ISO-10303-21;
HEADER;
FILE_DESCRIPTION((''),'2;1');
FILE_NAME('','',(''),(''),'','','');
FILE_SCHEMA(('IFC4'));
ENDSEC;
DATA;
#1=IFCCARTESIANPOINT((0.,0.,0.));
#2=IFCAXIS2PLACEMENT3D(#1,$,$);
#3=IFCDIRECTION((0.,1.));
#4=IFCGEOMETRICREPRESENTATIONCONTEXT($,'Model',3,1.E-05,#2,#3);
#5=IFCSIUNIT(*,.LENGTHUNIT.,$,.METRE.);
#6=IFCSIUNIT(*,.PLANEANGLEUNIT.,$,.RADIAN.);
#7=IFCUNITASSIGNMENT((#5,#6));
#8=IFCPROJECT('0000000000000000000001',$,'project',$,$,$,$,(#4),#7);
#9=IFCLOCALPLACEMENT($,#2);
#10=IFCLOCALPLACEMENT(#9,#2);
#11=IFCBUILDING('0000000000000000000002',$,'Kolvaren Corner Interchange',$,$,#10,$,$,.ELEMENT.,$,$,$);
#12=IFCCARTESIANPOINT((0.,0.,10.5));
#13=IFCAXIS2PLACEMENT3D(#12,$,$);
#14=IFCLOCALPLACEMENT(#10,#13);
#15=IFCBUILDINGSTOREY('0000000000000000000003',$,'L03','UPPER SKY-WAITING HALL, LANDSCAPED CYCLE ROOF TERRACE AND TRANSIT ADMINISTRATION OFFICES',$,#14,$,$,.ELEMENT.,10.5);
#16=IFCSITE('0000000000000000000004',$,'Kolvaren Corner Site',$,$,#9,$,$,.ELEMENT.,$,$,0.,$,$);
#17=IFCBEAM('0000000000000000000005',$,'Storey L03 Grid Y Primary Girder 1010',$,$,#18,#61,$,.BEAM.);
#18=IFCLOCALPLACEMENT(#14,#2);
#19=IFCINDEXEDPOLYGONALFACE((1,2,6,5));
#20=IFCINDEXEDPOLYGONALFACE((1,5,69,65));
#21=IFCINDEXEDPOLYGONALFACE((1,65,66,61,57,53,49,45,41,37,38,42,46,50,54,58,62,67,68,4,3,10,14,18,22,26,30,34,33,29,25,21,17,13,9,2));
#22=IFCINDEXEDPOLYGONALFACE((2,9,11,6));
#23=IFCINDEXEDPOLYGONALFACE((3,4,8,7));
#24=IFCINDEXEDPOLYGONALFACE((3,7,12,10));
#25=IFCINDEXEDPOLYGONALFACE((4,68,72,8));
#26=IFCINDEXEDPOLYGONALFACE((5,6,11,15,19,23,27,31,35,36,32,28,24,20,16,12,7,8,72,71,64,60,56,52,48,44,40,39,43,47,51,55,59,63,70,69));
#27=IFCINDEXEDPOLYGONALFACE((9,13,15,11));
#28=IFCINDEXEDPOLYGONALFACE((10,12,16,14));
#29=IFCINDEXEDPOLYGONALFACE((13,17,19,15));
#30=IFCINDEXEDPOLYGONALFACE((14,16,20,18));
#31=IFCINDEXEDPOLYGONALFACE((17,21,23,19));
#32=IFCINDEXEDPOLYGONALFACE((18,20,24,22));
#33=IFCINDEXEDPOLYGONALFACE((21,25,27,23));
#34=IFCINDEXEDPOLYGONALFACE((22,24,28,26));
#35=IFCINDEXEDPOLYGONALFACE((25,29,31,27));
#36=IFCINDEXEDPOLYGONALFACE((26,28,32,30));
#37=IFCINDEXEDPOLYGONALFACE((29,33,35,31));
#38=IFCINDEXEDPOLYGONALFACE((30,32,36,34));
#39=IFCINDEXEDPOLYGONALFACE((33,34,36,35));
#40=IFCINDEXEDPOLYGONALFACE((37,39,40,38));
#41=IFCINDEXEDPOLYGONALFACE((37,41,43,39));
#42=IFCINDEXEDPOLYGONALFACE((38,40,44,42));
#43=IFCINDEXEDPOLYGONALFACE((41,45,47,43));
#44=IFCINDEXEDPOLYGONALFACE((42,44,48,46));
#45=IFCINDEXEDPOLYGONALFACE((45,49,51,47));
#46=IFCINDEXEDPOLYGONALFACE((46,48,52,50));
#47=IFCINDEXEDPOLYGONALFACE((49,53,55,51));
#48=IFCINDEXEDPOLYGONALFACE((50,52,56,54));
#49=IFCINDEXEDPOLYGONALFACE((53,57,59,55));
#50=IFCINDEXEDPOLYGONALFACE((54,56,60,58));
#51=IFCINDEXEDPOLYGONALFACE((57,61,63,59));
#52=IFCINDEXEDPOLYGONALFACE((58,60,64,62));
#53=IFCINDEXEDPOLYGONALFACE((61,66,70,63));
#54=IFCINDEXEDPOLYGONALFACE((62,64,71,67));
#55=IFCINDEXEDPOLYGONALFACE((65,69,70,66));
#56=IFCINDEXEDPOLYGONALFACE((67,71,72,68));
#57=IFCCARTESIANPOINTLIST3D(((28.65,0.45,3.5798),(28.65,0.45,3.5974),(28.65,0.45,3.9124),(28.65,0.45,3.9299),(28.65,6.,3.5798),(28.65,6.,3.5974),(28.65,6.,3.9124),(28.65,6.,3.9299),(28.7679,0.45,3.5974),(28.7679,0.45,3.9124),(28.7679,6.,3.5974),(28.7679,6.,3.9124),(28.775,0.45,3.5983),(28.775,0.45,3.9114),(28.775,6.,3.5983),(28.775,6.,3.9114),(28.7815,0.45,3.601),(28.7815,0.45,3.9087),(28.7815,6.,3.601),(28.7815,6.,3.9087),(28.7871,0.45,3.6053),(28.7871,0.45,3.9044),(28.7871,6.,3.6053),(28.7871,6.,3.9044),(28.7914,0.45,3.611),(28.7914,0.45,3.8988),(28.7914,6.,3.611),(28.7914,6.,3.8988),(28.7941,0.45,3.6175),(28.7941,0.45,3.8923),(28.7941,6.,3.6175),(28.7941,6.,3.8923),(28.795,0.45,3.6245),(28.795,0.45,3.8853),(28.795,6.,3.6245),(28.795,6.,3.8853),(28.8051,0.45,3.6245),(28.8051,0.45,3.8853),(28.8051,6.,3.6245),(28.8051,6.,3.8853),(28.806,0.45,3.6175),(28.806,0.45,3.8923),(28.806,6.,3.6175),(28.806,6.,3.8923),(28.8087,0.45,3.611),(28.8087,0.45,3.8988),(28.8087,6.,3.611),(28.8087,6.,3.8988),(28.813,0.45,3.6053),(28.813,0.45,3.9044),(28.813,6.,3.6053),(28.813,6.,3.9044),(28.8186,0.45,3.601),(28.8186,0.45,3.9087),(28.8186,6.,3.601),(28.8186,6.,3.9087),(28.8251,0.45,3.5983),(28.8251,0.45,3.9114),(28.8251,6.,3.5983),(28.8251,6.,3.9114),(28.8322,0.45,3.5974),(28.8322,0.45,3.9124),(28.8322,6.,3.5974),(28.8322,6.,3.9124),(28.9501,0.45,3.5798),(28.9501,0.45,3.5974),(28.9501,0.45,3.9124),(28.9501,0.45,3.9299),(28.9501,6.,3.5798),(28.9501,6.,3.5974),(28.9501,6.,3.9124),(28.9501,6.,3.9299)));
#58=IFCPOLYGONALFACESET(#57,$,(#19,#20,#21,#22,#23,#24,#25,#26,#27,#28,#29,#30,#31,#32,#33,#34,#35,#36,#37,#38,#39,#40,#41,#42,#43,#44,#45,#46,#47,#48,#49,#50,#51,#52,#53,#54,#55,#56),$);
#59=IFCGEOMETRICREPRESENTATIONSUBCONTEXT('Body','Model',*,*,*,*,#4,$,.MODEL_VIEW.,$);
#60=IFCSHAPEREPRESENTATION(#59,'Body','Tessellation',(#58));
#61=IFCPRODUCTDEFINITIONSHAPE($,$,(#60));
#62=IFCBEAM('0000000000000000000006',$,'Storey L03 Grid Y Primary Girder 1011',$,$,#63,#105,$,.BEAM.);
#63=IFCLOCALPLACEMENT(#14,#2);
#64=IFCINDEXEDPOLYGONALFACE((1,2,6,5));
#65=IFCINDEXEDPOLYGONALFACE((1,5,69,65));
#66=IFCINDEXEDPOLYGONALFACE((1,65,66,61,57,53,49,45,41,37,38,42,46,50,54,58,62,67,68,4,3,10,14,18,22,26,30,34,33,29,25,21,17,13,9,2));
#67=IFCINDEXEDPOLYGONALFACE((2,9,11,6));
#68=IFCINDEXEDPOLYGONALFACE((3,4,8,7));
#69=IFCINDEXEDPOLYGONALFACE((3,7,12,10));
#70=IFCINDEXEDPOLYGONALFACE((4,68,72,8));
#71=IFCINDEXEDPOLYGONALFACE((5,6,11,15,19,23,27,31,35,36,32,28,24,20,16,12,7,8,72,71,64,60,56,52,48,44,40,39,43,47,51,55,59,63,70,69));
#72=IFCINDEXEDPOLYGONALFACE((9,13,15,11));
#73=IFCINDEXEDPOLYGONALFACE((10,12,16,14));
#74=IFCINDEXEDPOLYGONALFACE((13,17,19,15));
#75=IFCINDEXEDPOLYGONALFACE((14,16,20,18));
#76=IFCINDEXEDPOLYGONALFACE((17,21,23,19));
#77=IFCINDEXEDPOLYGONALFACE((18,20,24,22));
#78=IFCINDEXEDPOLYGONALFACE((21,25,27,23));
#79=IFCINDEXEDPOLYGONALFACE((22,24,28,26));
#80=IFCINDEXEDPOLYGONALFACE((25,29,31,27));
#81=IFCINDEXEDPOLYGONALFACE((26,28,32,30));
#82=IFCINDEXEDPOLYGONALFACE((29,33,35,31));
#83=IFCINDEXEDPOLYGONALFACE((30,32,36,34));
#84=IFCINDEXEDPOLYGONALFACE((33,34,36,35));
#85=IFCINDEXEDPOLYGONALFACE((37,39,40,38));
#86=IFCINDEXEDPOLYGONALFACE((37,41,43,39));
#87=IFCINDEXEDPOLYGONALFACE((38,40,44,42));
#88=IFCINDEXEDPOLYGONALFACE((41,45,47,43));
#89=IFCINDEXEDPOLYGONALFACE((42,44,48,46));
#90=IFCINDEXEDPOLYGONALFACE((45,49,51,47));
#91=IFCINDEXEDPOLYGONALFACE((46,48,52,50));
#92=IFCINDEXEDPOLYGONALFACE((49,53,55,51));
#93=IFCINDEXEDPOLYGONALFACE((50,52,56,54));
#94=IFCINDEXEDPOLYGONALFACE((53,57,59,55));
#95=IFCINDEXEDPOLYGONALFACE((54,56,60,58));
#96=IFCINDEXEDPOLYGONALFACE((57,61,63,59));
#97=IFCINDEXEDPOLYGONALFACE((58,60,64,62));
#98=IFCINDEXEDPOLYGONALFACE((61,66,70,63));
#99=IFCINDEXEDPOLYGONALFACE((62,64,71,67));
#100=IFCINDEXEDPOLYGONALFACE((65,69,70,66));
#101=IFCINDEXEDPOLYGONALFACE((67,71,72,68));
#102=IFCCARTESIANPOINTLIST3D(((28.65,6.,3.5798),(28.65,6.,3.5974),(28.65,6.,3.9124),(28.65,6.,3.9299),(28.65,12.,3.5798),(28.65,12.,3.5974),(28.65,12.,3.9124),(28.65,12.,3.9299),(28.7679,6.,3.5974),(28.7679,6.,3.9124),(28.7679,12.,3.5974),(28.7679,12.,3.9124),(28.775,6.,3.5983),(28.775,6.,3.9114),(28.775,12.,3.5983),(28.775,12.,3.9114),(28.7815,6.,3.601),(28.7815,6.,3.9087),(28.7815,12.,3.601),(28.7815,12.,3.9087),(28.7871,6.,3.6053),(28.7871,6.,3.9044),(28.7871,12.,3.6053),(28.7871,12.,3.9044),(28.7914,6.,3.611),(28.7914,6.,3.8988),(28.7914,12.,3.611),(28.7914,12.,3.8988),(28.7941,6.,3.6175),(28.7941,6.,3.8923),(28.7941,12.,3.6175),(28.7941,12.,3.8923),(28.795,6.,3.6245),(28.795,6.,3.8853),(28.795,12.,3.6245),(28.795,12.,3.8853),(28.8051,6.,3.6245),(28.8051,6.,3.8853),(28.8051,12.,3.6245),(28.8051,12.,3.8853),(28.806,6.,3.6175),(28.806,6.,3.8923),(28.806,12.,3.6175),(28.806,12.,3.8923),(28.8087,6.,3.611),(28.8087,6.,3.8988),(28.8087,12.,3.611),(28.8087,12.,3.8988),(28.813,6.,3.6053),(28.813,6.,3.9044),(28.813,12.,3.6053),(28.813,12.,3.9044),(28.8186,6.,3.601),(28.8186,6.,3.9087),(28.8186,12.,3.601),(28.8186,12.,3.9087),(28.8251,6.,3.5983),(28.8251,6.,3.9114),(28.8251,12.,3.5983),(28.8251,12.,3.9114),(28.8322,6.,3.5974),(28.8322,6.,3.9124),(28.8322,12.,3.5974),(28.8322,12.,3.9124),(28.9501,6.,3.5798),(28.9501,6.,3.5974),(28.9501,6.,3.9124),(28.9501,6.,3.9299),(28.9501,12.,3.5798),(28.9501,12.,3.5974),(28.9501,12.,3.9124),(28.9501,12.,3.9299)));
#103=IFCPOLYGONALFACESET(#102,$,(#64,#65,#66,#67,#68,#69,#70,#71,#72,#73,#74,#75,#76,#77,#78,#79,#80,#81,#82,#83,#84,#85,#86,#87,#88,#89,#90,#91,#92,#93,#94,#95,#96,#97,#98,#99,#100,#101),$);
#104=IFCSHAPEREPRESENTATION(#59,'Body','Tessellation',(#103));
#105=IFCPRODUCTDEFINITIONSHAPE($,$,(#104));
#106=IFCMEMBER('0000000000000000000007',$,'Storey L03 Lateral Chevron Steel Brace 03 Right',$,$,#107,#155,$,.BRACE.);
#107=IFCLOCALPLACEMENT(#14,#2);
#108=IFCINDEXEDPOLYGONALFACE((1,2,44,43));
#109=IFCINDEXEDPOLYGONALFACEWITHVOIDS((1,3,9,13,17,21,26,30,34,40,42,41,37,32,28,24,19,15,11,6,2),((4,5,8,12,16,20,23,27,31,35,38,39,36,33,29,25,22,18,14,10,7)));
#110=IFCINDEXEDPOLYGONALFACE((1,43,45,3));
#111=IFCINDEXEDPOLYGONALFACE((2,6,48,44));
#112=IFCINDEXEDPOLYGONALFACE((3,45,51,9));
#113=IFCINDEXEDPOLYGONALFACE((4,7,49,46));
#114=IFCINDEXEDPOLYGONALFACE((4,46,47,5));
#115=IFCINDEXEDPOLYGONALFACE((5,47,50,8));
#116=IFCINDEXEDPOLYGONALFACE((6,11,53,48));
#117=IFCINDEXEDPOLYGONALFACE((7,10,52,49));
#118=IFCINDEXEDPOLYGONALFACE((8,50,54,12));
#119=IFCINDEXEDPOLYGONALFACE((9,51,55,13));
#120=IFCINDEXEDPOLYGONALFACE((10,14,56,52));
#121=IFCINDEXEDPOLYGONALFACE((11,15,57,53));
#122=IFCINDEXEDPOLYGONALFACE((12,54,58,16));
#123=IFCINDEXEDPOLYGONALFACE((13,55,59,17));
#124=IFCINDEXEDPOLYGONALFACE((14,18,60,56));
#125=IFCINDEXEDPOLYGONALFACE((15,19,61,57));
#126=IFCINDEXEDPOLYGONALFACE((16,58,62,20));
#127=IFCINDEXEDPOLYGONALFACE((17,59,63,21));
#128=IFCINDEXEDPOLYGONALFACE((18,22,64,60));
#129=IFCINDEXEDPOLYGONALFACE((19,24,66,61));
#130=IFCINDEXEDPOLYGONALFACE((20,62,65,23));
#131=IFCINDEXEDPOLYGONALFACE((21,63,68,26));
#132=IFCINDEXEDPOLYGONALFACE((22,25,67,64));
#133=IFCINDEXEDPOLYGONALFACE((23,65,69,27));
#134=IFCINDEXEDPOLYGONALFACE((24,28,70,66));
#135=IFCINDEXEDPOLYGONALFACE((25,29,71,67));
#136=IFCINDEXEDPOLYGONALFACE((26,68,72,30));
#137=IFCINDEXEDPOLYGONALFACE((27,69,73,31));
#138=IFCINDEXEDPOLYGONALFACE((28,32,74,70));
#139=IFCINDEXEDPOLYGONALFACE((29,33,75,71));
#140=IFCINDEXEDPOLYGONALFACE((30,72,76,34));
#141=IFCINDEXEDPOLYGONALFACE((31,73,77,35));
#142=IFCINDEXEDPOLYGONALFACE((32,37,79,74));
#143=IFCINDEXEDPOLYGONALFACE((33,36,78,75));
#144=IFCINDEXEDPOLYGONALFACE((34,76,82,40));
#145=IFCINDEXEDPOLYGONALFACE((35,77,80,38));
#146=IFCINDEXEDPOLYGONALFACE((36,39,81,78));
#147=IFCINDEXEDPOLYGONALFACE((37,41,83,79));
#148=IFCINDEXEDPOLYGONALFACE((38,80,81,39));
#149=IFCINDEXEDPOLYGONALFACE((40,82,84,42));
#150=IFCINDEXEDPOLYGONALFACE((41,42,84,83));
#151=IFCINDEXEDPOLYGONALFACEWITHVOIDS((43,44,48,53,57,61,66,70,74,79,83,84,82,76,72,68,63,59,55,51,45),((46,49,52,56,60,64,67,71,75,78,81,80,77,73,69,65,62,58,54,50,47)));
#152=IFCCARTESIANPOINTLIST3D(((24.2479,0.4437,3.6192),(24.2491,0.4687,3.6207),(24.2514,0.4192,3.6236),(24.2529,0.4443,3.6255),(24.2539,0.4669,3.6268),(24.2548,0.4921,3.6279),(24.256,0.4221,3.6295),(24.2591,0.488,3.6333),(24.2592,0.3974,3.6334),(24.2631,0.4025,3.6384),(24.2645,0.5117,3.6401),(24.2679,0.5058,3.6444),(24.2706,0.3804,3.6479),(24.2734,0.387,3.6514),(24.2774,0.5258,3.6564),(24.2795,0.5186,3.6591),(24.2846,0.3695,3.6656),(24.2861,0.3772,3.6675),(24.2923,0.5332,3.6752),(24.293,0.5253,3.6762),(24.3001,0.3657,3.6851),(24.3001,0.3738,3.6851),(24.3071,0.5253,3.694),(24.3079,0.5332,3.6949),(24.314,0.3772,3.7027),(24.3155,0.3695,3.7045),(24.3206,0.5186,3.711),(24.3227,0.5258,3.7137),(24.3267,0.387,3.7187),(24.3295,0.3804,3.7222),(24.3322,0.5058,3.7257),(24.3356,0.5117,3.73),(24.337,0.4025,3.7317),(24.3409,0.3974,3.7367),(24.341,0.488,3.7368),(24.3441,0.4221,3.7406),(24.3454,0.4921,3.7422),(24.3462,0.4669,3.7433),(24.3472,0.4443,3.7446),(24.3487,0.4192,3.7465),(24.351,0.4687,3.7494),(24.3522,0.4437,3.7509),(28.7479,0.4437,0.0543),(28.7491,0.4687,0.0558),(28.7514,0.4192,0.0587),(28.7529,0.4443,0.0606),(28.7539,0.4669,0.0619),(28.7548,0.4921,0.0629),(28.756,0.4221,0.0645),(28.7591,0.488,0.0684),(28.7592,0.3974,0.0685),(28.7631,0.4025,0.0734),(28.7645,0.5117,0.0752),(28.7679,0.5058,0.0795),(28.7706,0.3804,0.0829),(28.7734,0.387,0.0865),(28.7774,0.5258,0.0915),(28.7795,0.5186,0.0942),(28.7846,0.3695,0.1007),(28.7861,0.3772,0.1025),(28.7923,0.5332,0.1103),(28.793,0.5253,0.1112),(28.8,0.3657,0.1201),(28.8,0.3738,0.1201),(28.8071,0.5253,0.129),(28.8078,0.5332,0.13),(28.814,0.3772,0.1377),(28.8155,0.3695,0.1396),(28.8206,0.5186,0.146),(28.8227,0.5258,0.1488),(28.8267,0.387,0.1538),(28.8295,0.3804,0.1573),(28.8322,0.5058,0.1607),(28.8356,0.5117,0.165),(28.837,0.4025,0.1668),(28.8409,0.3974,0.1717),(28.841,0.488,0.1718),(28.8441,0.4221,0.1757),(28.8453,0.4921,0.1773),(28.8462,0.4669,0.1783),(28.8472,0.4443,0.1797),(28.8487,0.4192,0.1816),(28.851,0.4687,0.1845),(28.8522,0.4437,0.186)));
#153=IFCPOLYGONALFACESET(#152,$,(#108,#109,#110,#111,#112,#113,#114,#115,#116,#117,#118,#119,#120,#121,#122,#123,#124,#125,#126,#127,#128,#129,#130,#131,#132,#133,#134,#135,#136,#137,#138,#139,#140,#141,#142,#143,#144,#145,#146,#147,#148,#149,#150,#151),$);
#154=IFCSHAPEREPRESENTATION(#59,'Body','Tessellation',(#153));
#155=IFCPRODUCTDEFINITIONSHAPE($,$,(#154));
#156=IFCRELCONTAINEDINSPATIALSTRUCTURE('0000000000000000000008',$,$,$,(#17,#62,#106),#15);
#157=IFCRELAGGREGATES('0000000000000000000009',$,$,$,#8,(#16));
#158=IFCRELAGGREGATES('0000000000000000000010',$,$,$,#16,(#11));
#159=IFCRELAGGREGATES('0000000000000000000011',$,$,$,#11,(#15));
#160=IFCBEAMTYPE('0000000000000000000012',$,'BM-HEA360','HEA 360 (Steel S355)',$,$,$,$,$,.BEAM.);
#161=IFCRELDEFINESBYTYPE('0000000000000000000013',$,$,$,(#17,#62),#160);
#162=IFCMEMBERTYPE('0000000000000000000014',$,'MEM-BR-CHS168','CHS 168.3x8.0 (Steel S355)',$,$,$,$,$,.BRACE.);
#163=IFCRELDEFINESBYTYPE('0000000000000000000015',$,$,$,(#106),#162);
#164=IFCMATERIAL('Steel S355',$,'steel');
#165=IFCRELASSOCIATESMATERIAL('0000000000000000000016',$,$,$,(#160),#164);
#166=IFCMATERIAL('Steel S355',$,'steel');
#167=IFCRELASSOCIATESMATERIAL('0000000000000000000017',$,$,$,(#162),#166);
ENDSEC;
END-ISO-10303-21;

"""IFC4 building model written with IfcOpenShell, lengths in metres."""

from ifc_helpers import new_model, si_unit, direction, frame, origin, origin_2d, place, context, subcontext, project, spatial, hollow_circle, i_section, extrude, material, material_profile, profile_set, type_object, element, save


model = new_model("IFC4")

# Units and contexts
model_context = context("Model", 3, precision=1e-05, world=origin(), true_north=direction((0.0, 1.0)))
body_context = subcontext(model_context, "Body", "Model", "MODEL_VIEW")
ifc_project = project(units=[si_unit("LENGTHUNIT", "METRE"), si_unit("PLANEANGLEUNIT", "RADIAN")], contexts=[model_context])

# Site, building, storey
site_placement = place(None, origin())
site = spatial("IfcSite", under=ifc_project, at=site_placement, Name="Kolvaren Corner Site", CompositionType="ELEMENT", RefElevation=0.0)
building_placement = place(site_placement, origin())
building = spatial("IfcBuilding", under=site, at=building_placement, Name="Kolvaren Corner Interchange", CompositionType="ELEMENT")
storey_placement = place(building_placement, frame((0.0, 0.0, 10.5)))
storey = spatial("IfcBuildingStorey", under=building, at=storey_placement, Name="L03", Description="UPPER SKY-WAITING HALL, LANDSCAPED CYCLE ROOF TERRACE AND TRANSIT ADMINISTRATION OFFICES", CompositionType="ELEMENT", Elevation=10.5)

# Beams
ifc_material_1 = material(Name="Steel S355", Category="steel")
ifc_material_profile_1 = material_profile(ifc_material_1, i_section(OverallWidth=0.3, OverallDepth=0.3501, WebThickness=0.01, FlangeThickness=0.0176, FilletRadius=0.0271, at=origin_2d()), Name="HEA 360")
ifc_profile_set_1 = profile_set([ifc_material_profile_1], Name="Steel S355")
beam_type_1 = type_object("IfcBeamType", Name="BM-HEA360", Description="HEA 360 (Steel S355)", PredefinedType="BEAM", material=ifc_profile_set_1)
beam_1_placement = place(storey_placement, frame((28.8, 0.45, 3.7549), z_axis=(0.0, 1.0, 0.0), x_axis=(-1.0, 0.0, 0.0)))
element("IfcBeam", 1, at=beam_1_placement, inside=storey, type_object=beam_type_1, Name="Storey L03 Grid Y Primary Girder 1010", PredefinedType="BEAM", context=body_context, shape_type="SweptSolid", body=[
    extrude(i_section(OverallWidth=0.3, OverallDepth=0.3501, WebThickness=0.01, FlangeThickness=0.0176, FilletRadius=0.0271, at=origin_2d()), origin(), (0.0, 0.0, 1.0), 5.55),
])
beam_2_placement = place(storey_placement, frame((28.8, 6.0, 3.7549), z_axis=(0.0, 1.0, 0.0), x_axis=(-1.0, 0.0, 0.0)))
element("IfcBeam", 2, at=beam_2_placement, inside=storey, type_object=beam_type_1, Name="Storey L03 Grid Y Primary Girder 1011", PredefinedType="BEAM", context=body_context, shape_type="SweptSolid", body=[
    extrude(i_section(OverallWidth=0.3, OverallDepth=0.3501, WebThickness=0.01, FlangeThickness=0.0176, FilletRadius=0.0271, at=origin_2d()), origin(), (0.0, 0.0, 1.0), 6.0),
])

# Member
ifc_material_2 = material(Name="Steel S355", Category="steel")
ifc_material_profile_2 = material_profile(ifc_material_2, hollow_circle(Radius=0.0842, WallThickness=0.0081, at=origin_2d()), Name="CHS 168.3x8.0")
ifc_profile_set_2 = profile_set([ifc_material_profile_2], Name="Steel S355")
member_type = type_object("IfcMemberType", Name="MEM-BR-CHS168", Description="CHS 168.3x8.0 (Steel S355)", PredefinedType="BRACE", material=ifc_profile_set_2)
member_placement = place(storey_placement, frame((28.8, 0.45, 0.1201), z_axis=(-0.783839, 0.0, 0.620964), x_axis=(0.0, -1.0, 0.0)))
element("IfcMember", 3, at=member_placement, inside=storey, type_object=member_type, Name="Storey L03 Lateral Chevron Steel Brace 03 Right", PredefinedType="BRACE", context=body_context, shape_type="SweptSolid", body=[
    extrude(hollow_circle(Radius=0.0842, WallThickness=0.0081, at=origin_2d()), origin(), (0.0, 0.0, 1.0), 5.741),
])

save(model, "model.ifc")
